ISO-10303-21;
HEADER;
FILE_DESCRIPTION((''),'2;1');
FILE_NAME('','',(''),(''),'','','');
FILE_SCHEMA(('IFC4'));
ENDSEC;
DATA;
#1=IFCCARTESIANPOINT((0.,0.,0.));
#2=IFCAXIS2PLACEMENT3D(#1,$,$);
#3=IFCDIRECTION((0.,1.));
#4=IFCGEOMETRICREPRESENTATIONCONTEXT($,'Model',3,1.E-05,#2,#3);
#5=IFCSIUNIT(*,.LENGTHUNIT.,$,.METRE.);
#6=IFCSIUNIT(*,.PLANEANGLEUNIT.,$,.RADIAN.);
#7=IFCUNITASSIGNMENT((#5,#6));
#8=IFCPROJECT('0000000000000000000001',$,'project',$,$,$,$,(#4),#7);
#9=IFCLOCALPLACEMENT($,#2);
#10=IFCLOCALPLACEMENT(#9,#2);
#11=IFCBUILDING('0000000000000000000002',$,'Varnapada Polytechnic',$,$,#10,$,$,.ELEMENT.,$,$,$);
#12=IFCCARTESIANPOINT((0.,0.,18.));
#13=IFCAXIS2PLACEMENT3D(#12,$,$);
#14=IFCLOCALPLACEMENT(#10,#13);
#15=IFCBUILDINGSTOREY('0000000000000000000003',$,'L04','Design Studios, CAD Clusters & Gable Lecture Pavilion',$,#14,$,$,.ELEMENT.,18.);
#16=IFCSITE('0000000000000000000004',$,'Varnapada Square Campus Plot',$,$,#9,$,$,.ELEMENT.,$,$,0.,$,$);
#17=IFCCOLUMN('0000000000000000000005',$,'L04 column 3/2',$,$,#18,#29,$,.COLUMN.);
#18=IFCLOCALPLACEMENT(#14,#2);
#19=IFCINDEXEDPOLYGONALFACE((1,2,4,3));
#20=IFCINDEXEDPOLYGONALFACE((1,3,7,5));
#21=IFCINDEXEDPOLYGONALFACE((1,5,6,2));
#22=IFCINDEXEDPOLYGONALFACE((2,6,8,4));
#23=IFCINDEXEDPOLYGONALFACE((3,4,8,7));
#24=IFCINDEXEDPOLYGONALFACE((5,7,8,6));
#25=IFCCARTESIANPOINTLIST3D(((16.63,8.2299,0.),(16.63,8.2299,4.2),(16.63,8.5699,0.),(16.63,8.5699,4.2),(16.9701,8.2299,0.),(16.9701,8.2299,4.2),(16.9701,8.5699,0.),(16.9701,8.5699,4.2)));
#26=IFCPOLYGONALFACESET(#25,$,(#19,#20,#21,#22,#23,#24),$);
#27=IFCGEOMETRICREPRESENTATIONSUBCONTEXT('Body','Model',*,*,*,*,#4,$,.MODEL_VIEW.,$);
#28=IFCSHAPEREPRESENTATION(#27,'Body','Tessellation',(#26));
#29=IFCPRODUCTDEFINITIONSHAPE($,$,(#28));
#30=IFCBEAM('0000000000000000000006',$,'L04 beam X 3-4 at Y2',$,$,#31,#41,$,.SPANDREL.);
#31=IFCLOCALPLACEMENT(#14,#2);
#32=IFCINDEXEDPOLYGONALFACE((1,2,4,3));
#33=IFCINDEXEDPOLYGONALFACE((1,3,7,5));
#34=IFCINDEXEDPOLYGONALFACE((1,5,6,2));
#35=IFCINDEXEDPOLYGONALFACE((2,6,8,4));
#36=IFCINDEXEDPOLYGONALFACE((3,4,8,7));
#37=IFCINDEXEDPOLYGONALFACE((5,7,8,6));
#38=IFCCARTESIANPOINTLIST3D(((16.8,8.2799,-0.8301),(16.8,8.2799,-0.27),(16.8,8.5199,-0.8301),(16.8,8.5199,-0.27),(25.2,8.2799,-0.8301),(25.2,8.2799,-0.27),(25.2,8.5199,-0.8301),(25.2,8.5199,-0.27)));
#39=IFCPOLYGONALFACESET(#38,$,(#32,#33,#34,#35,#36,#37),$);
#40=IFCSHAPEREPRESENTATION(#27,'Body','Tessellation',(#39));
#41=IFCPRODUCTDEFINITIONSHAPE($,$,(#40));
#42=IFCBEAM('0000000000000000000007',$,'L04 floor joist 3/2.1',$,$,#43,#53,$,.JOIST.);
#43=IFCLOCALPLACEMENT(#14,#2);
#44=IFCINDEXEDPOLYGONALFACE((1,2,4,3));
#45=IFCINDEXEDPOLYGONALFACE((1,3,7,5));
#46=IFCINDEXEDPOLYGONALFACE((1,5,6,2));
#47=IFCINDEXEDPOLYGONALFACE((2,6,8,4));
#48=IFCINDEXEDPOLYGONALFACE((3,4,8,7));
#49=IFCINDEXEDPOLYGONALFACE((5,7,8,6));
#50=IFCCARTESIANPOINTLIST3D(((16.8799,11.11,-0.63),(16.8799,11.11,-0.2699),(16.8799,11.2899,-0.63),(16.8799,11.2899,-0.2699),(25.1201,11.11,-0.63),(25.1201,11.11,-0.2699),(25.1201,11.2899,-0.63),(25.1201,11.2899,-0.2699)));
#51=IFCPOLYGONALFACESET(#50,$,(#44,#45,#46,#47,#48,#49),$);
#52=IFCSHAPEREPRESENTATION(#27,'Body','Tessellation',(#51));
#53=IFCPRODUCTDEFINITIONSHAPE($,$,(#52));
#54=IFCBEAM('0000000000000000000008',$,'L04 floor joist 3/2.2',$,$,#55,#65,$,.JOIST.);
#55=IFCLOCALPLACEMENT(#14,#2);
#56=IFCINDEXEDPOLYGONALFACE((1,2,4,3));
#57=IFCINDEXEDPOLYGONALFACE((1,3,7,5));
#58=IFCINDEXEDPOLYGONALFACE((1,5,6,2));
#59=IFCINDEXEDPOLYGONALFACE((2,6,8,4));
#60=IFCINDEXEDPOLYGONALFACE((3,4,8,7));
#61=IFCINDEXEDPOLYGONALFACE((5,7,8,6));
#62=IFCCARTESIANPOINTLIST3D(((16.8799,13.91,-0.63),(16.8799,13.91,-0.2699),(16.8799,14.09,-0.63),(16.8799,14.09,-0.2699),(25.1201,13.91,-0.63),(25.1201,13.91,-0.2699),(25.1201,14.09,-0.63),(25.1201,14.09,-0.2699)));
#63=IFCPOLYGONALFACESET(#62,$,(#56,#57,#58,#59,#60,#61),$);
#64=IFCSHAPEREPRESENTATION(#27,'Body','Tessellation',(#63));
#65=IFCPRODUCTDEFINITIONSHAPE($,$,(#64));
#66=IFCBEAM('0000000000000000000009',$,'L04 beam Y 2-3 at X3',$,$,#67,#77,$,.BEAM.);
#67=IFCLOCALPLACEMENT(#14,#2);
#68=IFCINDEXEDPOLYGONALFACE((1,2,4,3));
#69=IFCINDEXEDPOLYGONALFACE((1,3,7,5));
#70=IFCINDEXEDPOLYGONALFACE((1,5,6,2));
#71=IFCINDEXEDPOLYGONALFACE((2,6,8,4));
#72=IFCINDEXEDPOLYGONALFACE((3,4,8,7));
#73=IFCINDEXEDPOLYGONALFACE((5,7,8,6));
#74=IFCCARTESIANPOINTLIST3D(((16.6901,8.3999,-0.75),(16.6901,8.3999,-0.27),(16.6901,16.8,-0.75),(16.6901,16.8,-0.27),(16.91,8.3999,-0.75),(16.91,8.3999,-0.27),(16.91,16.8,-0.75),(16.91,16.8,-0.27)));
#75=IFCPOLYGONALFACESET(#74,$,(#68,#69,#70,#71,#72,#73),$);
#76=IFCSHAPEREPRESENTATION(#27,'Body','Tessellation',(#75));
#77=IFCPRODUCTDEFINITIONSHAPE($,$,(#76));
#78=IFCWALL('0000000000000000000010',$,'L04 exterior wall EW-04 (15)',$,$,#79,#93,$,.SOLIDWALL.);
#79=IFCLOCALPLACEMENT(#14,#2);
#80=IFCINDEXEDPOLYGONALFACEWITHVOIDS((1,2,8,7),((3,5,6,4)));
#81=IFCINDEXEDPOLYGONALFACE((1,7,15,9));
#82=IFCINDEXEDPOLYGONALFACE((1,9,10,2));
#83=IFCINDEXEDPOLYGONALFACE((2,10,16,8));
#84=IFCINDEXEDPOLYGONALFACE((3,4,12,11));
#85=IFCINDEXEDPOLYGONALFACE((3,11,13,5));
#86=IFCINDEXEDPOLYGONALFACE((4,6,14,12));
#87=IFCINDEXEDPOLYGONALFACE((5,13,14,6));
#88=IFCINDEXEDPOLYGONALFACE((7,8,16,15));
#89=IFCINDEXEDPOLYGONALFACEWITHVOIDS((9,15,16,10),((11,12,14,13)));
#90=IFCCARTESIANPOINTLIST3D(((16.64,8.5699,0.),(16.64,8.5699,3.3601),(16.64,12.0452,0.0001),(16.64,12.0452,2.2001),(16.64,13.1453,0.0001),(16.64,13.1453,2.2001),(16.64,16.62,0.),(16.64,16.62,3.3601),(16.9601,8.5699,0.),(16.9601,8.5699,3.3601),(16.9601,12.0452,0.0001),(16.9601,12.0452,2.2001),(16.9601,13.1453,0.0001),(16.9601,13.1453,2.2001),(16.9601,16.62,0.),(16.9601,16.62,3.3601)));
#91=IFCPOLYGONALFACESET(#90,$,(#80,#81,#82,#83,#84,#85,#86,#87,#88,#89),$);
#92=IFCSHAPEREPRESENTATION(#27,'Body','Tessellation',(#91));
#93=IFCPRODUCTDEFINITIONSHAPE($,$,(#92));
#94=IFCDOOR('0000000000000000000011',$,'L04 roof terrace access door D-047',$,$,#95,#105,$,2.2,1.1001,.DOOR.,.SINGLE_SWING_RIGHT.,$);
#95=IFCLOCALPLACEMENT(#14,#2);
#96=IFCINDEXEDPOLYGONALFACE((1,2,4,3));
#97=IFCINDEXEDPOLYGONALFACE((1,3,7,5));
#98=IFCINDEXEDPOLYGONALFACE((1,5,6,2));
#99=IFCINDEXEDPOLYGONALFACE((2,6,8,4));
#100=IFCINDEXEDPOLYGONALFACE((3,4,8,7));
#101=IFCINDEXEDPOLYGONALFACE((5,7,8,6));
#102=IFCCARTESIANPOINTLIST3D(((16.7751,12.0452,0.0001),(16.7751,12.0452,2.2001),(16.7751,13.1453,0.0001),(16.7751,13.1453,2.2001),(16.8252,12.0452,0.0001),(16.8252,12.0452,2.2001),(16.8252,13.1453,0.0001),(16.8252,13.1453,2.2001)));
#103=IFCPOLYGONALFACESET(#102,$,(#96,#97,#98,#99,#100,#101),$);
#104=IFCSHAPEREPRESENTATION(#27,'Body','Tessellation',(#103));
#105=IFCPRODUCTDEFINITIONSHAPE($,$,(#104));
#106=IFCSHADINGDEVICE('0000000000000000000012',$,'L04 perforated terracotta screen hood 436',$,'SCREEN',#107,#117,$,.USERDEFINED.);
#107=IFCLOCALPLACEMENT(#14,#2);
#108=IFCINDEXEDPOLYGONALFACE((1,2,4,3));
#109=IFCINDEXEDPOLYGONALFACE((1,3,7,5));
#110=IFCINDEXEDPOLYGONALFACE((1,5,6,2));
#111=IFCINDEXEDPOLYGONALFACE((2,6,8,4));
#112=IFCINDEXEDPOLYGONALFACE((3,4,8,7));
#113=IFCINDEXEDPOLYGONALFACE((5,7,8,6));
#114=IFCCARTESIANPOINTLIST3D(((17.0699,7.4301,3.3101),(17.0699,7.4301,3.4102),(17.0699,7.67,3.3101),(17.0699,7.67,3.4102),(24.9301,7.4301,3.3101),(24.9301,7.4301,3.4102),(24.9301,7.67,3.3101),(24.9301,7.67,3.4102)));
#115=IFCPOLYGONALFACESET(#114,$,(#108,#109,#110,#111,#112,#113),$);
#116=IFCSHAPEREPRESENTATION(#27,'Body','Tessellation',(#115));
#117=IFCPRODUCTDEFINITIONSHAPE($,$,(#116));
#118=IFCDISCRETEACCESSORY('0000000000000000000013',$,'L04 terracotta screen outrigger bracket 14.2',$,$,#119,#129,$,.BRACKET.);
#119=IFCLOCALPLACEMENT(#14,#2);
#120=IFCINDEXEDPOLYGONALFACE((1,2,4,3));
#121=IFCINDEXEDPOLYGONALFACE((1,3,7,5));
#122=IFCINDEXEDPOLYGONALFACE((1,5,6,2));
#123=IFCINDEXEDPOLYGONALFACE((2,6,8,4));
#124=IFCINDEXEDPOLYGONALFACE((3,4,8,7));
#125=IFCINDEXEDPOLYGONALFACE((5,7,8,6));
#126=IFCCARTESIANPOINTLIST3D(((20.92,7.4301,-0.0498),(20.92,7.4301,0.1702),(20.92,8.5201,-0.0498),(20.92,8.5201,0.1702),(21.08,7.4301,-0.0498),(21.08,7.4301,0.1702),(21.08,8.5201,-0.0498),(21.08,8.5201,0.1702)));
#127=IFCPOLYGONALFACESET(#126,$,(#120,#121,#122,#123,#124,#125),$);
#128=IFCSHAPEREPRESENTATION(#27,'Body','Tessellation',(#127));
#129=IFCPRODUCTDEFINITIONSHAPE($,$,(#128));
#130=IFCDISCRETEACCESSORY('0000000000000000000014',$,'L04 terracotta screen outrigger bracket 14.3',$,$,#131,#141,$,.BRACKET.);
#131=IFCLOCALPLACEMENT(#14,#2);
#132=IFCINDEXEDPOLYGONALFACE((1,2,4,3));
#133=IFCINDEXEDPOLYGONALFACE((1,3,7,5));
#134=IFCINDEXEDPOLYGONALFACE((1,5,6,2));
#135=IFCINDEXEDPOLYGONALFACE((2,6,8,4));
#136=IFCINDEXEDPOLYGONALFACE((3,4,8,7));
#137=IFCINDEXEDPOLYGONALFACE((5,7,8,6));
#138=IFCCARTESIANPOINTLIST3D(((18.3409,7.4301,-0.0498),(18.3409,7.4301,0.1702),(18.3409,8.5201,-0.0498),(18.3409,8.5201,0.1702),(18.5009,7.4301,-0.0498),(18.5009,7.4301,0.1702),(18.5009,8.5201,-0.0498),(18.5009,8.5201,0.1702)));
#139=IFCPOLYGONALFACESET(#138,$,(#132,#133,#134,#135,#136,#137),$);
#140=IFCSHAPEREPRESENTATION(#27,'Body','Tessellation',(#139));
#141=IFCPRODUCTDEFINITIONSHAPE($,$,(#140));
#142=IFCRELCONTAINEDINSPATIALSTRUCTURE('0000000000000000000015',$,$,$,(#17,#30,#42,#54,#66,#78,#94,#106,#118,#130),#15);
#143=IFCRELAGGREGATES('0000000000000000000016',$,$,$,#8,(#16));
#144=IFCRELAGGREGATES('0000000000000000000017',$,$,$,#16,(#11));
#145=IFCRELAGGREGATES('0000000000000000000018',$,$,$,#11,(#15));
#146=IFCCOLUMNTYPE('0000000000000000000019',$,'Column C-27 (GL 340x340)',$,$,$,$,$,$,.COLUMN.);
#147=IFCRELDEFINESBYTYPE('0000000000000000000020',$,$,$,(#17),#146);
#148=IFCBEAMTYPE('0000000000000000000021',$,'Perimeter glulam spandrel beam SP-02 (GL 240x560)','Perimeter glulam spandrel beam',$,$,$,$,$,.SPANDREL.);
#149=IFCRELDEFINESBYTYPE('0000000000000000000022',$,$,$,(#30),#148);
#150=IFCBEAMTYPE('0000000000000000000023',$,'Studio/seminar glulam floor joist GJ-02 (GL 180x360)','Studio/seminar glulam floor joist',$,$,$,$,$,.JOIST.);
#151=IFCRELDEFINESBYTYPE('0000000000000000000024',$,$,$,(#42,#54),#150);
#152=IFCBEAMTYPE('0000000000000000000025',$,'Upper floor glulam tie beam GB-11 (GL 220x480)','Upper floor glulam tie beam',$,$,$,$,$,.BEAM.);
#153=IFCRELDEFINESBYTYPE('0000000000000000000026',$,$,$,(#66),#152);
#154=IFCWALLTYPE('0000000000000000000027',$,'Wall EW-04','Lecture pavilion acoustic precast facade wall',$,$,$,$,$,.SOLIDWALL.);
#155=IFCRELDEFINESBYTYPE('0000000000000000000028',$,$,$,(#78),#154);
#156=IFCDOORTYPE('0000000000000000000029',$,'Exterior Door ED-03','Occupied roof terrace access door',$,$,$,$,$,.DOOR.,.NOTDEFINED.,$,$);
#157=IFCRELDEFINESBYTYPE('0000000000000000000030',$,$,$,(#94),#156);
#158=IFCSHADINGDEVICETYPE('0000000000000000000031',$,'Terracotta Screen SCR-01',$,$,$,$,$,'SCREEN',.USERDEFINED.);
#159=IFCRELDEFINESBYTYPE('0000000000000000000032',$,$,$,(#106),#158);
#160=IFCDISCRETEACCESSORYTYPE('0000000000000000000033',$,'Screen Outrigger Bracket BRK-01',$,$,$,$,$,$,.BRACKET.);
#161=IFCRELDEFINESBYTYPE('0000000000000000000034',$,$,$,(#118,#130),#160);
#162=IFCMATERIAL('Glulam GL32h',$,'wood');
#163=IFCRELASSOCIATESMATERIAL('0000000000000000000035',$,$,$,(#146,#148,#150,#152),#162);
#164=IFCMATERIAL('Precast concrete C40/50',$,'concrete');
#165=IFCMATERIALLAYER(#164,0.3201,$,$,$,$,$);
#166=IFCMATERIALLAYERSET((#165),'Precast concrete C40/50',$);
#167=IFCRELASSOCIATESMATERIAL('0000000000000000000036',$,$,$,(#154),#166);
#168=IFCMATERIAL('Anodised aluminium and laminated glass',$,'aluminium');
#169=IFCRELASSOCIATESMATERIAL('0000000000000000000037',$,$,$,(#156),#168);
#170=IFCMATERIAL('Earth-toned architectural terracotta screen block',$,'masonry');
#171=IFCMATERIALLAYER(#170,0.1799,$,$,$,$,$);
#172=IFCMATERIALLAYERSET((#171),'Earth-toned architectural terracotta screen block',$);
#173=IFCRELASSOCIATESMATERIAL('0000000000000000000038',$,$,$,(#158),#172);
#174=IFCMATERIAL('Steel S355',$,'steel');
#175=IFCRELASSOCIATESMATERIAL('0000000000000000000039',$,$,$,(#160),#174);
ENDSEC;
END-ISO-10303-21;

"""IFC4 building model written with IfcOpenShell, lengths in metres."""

from ifc_helpers import new_model, si_unit, direction, frame, frame_2d, origin, origin_2d, place, context, subcontext, project, spatial, rectangle, extrude, material, layer, layer_set, material_profile, profile_set, type_object, element, fill, save


model = new_model("IFC4")

# Units and contexts
model_context = context("Model", 3, precision=1e-05, world=origin(), true_north=direction((0.0, 1.0)))
body_context = subcontext(model_context, "Body", "Model", "MODEL_VIEW")
ifc_project = project(units=[si_unit("LENGTHUNIT", "METRE"), si_unit("PLANEANGLEUNIT", "RADIAN")], contexts=[model_context])

# Site, building, storey
site_placement = place(None, origin())
site = spatial("IfcSite", under=ifc_project, at=site_placement, Name="Varnapada Square Campus Plot", CompositionType="ELEMENT", RefElevation=0.0)
building_placement = place(site_placement, origin())
building = spatial("IfcBuilding", under=site, at=building_placement, Name="Varnapada Polytechnic", CompositionType="ELEMENT")
storey_placement = place(building_placement, frame((0.0, 0.0, 18.0)))
storey = spatial("IfcBuildingStorey", under=building, at=storey_placement, Name="L04", Description="Design Studios, CAD Clusters & Gable Lecture Pavilion", CompositionType="ELEMENT", Elevation=18.0)

# Column
ifc_material_1 = material(Name="Glulam GL32h", Category="wood")
ifc_material_profile_1 = material_profile(ifc_material_1, rectangle(XDim=0.3401, YDim=0.3401, at=origin_2d()), Name="GL 340x340")
ifc_profile_set_1 = profile_set([ifc_material_profile_1], Name="Glulam GL32h")
column_type = type_object("IfcColumnType", Name="Column C-27 (GL 340x340)", PredefinedType="COLUMN", material=ifc_profile_set_1)
column_placement = place(storey_placement, frame((16.8, 8.3999, 0.0), z_axis=(0.0, 0.0, 1.0), x_axis=(1.0, 0.0, 0.0)))
element("IfcColumn", 1, at=column_placement, inside=storey, type_object=column_type, Name="L04 column 3/2", PredefinedType="COLUMN", context=body_context, shape_type="SweptSolid", body=[
    extrude(rectangle(XDim=0.3401, YDim=0.3401, at=origin_2d()), origin(), (0.0, 0.0, 1.0), 4.2),
])

# Beams
ifc_material_profile_2 = material_profile(ifc_material_1, rectangle(XDim=0.24, YDim=0.5601, at=origin_2d()), Name="GL 240x560")
ifc_profile_set_2 = profile_set([ifc_material_profile_2], Name="Glulam GL32h")
beam_type_1 = type_object("IfcBeamType", Name="Perimeter glulam spandrel beam SP-02 (GL 240x560)", Description="Perimeter glulam spandrel beam", PredefinedType="SPANDREL", material=ifc_profile_set_2)
beam_1_placement = place(storey_placement, frame((16.8, 8.3999, -0.55), z_axis=(1.0, 0.0, 0.0), x_axis=(0.0, 1.0, 0.0)))
element("IfcBeam", 2, at=beam_1_placement, inside=storey, type_object=beam_type_1, Name="L04 beam X 3-4 at Y2", PredefinedType="SPANDREL", context=body_context, shape_type="SweptSolid", body=[
    extrude(rectangle(XDim=0.24, YDim=0.5601, at=origin_2d()), origin(), (0.0, 0.0, 1.0), 8.3999),
])
ifc_material_profile_3 = material_profile(ifc_material_1, rectangle(XDim=0.1799, YDim=0.3601, at=origin_2d()), Name="GL 180x360")
ifc_profile_set_3 = profile_set([ifc_material_profile_3], Name="Glulam GL32h")
beam_type_2 = type_object("IfcBeamType", Name="Studio/seminar glulam floor joist GJ-02 (GL 180x360)", Description="Studio/seminar glulam floor joist", PredefinedType="JOIST", material=ifc_profile_set_3)
for number, where, z_axis, x_axis, name in (
    (3, (16.8799, 11.2, -0.45), (1.0, 0.0, 0.0), (0.0, 1.0, 0.0), "L04 floor joist 3/2.1"),
    (4, (16.8799, 14.0, -0.45), (1.0, 0.0, 0.0), (0.0, 1.0, 0.0), "L04 floor joist 3/2.2"),
):
    element("IfcBeam", number, at=place(storey_placement, frame(where, z_axis=z_axis, x_axis=x_axis)), inside=storey, type_object=beam_type_2, Name=name, PredefinedType="JOIST", context=body_context, shape_type="SweptSolid", body=[
        extrude(rectangle(XDim=0.1799, YDim=0.3601, at=origin_2d()), origin(), (0.0, 0.0, 1.0), 8.2402),
    ])
ifc_material_profile_4 = material_profile(ifc_material_1, rectangle(XDim=0.22, YDim=0.48, at=origin_2d()), Name="GL 220x480")
ifc_profile_set_4 = profile_set([ifc_material_profile_4], Name="Glulam GL32h")
beam_type_3 = type_object("IfcBeamType", Name="Upper floor glulam tie beam GB-11 (GL 220x480)", Description="Upper floor glulam tie beam", PredefinedType="BEAM", material=ifc_profile_set_4)
beam_2_placement = place(storey_placement, frame((16.8, 8.3999, -0.51), z_axis=(0.0, 1.0, 0.0), x_axis=(-1.0, 0.0, 0.0)))
element("IfcBeam", 5, at=beam_2_placement, inside=storey, type_object=beam_type_3, Name="L04 beam Y 2-3 at X3", PredefinedType="BEAM", context=body_context, shape_type="SweptSolid", body=[
    extrude(rectangle(XDim=0.22, YDim=0.48, at=origin_2d()), origin(), (0.0, 0.0, 1.0), 8.4001),
])

# Wall, opening, door
ifc_material_2 = material(Name="Precast concrete C40/50", Category="concrete")
ifc_layer_1 = layer(ifc_material_2, 0.3201)
ifc_layer_set_1 = layer_set([ifc_layer_1], Name="Precast concrete C40/50")
wall_type = type_object("IfcWallType", Name="Wall EW-04", Description="Lecture pavilion acoustic precast facade wall", PredefinedType="SOLIDWALL", material=ifc_layer_set_1)
wall_placement = place(storey_placement, frame((16.8, 8.5701, 0.0), z_axis=(0.0, 0.0, 1.0), x_axis=(0.0, 1.0, 0.0)))
wall = element("IfcWall", 6, at=wall_placement, inside=storey, type_object=wall_type, Name="L04 exterior wall EW-04 (15)", PredefinedType="SOLIDWALL", context=body_context, shape_type="SweptSolid", body=[
    extrude(rectangle(XDim=8.05, YDim=0.3201, at=frame_2d((4.0249, 0.0))), origin(), (0.0, 0.0, 1.0), 3.3601),
])
opening_placement = place(wall_placement, frame((3.4751, 0.0, 0.0)))
opening = element("IfcOpeningElement", 7, at=opening_placement, cuts=wall, PredefinedType="OPENING", context=body_context, shape_type="SweptSolid", body=[
    extrude(rectangle(XDim=1.1001, YDim=2.2, at=frame_2d((0.55, 1.1001))), frame((0.0, 0.1699, 0.0), z_axis=(0.0, -1.0, 0.0), x_axis=(1.0, 0.0, 0.0)), (0.0, 0.0, 1.0), 0.3401),
])
ifc_material_3 = material(Name="Anodised aluminium and laminated glass", Category="aluminium")
door_type = type_object("IfcDoorType", Name="Exterior Door ED-03", Description="Occupied roof terrace access door", OperationType="NOTDEFINED", PredefinedType="DOOR", material=ifc_material_3)
door_placement = place(opening_placement, origin())
door = element("IfcDoor", 8, at=door_placement, inside=storey, type_object=door_type, Name="L04 roof terrace access door D-047", OperationType="SINGLE_SWING_RIGHT", OverallHeight=2.2, OverallWidth=1.1001, PredefinedType="DOOR", context=body_context, shape_type="SweptSolid", body=[
    extrude(rectangle(XDim=1.1001, YDim=2.2, at=frame_2d((0.55, 1.1001))), frame((0.0, 0.0249, 0.0), z_axis=(0.0, -1.0, 0.0), x_axis=(1.0, 0.0, 0.0)), (0.0, 0.0, 1.0), 0.05),
])
fill(opening, door)

# Shading device
ifc_material_4 = material(Name="Earth-toned architectural terracotta screen block", Category="masonry")
ifc_layer_2 = layer(ifc_material_4, 0.1799)
ifc_layer_set_2 = layer_set([ifc_layer_2], Name="Earth-toned architectural terracotta screen block")
shading_device_type = type_object("IfcShadingDeviceType", Name="Terracotta Screen SCR-01", ElementType="SCREEN", PredefinedType="USERDEFINED", material=ifc_layer_set_2)
shading_device_placement = place(storey_placement, frame((21.0, 7.55, 3.3101), z_axis=(0.0, 0.0, 1.0), x_axis=(-1.0, 0.0, 0.0)))
element("IfcShadingDevice", 9, at=shading_device_placement, inside=storey, type_object=shading_device_type, Name="L04 perforated terracotta screen hood 436", ObjectType="SCREEN", PredefinedType="USERDEFINED", context=body_context, shape_type="SweptSolid", body=[
    extrude(rectangle(XDim=7.8601, YDim=0.24, at=origin_2d()), origin(), (0.0, 0.0, 1.0), 0.1001),
])

# Discrete accessories
ifc_material_5 = material(Name="Steel S355", Category="steel")
discrete_accessory_type = type_object("IfcDiscreteAccessoryType", Name="Screen Outrigger Bracket BRK-01", PredefinedType="BRACKET", material=ifc_material_5)
for number, where, z_axis, x_axis, name in (
    (10, (21.0, 7.9751, -0.0498), (0.0, 0.0, 1.0), (-1.0, 0.0, 0.0), "L04 terracotta screen outrigger bracket 14.2"),
    (11, (18.4209, 7.9751, -0.0498), (0.0, 0.0, 1.0), (-1.0, 0.0, 0.0), "L04 terracotta screen outrigger bracket 14.3"),
):
    element("IfcDiscreteAccessory", number, at=place(storey_placement, frame(where, z_axis=z_axis, x_axis=x_axis)), inside=storey, type_object=discrete_accessory_type, Name=name, PredefinedType="BRACKET", context=body_context, shape_type="SweptSolid", body=[
        extrude(rectangle(XDim=0.1599, YDim=1.0901, at=origin_2d()), origin(), (0.0, 0.0, 1.0), 0.22),
    ])

save(model, "model.ifc")
